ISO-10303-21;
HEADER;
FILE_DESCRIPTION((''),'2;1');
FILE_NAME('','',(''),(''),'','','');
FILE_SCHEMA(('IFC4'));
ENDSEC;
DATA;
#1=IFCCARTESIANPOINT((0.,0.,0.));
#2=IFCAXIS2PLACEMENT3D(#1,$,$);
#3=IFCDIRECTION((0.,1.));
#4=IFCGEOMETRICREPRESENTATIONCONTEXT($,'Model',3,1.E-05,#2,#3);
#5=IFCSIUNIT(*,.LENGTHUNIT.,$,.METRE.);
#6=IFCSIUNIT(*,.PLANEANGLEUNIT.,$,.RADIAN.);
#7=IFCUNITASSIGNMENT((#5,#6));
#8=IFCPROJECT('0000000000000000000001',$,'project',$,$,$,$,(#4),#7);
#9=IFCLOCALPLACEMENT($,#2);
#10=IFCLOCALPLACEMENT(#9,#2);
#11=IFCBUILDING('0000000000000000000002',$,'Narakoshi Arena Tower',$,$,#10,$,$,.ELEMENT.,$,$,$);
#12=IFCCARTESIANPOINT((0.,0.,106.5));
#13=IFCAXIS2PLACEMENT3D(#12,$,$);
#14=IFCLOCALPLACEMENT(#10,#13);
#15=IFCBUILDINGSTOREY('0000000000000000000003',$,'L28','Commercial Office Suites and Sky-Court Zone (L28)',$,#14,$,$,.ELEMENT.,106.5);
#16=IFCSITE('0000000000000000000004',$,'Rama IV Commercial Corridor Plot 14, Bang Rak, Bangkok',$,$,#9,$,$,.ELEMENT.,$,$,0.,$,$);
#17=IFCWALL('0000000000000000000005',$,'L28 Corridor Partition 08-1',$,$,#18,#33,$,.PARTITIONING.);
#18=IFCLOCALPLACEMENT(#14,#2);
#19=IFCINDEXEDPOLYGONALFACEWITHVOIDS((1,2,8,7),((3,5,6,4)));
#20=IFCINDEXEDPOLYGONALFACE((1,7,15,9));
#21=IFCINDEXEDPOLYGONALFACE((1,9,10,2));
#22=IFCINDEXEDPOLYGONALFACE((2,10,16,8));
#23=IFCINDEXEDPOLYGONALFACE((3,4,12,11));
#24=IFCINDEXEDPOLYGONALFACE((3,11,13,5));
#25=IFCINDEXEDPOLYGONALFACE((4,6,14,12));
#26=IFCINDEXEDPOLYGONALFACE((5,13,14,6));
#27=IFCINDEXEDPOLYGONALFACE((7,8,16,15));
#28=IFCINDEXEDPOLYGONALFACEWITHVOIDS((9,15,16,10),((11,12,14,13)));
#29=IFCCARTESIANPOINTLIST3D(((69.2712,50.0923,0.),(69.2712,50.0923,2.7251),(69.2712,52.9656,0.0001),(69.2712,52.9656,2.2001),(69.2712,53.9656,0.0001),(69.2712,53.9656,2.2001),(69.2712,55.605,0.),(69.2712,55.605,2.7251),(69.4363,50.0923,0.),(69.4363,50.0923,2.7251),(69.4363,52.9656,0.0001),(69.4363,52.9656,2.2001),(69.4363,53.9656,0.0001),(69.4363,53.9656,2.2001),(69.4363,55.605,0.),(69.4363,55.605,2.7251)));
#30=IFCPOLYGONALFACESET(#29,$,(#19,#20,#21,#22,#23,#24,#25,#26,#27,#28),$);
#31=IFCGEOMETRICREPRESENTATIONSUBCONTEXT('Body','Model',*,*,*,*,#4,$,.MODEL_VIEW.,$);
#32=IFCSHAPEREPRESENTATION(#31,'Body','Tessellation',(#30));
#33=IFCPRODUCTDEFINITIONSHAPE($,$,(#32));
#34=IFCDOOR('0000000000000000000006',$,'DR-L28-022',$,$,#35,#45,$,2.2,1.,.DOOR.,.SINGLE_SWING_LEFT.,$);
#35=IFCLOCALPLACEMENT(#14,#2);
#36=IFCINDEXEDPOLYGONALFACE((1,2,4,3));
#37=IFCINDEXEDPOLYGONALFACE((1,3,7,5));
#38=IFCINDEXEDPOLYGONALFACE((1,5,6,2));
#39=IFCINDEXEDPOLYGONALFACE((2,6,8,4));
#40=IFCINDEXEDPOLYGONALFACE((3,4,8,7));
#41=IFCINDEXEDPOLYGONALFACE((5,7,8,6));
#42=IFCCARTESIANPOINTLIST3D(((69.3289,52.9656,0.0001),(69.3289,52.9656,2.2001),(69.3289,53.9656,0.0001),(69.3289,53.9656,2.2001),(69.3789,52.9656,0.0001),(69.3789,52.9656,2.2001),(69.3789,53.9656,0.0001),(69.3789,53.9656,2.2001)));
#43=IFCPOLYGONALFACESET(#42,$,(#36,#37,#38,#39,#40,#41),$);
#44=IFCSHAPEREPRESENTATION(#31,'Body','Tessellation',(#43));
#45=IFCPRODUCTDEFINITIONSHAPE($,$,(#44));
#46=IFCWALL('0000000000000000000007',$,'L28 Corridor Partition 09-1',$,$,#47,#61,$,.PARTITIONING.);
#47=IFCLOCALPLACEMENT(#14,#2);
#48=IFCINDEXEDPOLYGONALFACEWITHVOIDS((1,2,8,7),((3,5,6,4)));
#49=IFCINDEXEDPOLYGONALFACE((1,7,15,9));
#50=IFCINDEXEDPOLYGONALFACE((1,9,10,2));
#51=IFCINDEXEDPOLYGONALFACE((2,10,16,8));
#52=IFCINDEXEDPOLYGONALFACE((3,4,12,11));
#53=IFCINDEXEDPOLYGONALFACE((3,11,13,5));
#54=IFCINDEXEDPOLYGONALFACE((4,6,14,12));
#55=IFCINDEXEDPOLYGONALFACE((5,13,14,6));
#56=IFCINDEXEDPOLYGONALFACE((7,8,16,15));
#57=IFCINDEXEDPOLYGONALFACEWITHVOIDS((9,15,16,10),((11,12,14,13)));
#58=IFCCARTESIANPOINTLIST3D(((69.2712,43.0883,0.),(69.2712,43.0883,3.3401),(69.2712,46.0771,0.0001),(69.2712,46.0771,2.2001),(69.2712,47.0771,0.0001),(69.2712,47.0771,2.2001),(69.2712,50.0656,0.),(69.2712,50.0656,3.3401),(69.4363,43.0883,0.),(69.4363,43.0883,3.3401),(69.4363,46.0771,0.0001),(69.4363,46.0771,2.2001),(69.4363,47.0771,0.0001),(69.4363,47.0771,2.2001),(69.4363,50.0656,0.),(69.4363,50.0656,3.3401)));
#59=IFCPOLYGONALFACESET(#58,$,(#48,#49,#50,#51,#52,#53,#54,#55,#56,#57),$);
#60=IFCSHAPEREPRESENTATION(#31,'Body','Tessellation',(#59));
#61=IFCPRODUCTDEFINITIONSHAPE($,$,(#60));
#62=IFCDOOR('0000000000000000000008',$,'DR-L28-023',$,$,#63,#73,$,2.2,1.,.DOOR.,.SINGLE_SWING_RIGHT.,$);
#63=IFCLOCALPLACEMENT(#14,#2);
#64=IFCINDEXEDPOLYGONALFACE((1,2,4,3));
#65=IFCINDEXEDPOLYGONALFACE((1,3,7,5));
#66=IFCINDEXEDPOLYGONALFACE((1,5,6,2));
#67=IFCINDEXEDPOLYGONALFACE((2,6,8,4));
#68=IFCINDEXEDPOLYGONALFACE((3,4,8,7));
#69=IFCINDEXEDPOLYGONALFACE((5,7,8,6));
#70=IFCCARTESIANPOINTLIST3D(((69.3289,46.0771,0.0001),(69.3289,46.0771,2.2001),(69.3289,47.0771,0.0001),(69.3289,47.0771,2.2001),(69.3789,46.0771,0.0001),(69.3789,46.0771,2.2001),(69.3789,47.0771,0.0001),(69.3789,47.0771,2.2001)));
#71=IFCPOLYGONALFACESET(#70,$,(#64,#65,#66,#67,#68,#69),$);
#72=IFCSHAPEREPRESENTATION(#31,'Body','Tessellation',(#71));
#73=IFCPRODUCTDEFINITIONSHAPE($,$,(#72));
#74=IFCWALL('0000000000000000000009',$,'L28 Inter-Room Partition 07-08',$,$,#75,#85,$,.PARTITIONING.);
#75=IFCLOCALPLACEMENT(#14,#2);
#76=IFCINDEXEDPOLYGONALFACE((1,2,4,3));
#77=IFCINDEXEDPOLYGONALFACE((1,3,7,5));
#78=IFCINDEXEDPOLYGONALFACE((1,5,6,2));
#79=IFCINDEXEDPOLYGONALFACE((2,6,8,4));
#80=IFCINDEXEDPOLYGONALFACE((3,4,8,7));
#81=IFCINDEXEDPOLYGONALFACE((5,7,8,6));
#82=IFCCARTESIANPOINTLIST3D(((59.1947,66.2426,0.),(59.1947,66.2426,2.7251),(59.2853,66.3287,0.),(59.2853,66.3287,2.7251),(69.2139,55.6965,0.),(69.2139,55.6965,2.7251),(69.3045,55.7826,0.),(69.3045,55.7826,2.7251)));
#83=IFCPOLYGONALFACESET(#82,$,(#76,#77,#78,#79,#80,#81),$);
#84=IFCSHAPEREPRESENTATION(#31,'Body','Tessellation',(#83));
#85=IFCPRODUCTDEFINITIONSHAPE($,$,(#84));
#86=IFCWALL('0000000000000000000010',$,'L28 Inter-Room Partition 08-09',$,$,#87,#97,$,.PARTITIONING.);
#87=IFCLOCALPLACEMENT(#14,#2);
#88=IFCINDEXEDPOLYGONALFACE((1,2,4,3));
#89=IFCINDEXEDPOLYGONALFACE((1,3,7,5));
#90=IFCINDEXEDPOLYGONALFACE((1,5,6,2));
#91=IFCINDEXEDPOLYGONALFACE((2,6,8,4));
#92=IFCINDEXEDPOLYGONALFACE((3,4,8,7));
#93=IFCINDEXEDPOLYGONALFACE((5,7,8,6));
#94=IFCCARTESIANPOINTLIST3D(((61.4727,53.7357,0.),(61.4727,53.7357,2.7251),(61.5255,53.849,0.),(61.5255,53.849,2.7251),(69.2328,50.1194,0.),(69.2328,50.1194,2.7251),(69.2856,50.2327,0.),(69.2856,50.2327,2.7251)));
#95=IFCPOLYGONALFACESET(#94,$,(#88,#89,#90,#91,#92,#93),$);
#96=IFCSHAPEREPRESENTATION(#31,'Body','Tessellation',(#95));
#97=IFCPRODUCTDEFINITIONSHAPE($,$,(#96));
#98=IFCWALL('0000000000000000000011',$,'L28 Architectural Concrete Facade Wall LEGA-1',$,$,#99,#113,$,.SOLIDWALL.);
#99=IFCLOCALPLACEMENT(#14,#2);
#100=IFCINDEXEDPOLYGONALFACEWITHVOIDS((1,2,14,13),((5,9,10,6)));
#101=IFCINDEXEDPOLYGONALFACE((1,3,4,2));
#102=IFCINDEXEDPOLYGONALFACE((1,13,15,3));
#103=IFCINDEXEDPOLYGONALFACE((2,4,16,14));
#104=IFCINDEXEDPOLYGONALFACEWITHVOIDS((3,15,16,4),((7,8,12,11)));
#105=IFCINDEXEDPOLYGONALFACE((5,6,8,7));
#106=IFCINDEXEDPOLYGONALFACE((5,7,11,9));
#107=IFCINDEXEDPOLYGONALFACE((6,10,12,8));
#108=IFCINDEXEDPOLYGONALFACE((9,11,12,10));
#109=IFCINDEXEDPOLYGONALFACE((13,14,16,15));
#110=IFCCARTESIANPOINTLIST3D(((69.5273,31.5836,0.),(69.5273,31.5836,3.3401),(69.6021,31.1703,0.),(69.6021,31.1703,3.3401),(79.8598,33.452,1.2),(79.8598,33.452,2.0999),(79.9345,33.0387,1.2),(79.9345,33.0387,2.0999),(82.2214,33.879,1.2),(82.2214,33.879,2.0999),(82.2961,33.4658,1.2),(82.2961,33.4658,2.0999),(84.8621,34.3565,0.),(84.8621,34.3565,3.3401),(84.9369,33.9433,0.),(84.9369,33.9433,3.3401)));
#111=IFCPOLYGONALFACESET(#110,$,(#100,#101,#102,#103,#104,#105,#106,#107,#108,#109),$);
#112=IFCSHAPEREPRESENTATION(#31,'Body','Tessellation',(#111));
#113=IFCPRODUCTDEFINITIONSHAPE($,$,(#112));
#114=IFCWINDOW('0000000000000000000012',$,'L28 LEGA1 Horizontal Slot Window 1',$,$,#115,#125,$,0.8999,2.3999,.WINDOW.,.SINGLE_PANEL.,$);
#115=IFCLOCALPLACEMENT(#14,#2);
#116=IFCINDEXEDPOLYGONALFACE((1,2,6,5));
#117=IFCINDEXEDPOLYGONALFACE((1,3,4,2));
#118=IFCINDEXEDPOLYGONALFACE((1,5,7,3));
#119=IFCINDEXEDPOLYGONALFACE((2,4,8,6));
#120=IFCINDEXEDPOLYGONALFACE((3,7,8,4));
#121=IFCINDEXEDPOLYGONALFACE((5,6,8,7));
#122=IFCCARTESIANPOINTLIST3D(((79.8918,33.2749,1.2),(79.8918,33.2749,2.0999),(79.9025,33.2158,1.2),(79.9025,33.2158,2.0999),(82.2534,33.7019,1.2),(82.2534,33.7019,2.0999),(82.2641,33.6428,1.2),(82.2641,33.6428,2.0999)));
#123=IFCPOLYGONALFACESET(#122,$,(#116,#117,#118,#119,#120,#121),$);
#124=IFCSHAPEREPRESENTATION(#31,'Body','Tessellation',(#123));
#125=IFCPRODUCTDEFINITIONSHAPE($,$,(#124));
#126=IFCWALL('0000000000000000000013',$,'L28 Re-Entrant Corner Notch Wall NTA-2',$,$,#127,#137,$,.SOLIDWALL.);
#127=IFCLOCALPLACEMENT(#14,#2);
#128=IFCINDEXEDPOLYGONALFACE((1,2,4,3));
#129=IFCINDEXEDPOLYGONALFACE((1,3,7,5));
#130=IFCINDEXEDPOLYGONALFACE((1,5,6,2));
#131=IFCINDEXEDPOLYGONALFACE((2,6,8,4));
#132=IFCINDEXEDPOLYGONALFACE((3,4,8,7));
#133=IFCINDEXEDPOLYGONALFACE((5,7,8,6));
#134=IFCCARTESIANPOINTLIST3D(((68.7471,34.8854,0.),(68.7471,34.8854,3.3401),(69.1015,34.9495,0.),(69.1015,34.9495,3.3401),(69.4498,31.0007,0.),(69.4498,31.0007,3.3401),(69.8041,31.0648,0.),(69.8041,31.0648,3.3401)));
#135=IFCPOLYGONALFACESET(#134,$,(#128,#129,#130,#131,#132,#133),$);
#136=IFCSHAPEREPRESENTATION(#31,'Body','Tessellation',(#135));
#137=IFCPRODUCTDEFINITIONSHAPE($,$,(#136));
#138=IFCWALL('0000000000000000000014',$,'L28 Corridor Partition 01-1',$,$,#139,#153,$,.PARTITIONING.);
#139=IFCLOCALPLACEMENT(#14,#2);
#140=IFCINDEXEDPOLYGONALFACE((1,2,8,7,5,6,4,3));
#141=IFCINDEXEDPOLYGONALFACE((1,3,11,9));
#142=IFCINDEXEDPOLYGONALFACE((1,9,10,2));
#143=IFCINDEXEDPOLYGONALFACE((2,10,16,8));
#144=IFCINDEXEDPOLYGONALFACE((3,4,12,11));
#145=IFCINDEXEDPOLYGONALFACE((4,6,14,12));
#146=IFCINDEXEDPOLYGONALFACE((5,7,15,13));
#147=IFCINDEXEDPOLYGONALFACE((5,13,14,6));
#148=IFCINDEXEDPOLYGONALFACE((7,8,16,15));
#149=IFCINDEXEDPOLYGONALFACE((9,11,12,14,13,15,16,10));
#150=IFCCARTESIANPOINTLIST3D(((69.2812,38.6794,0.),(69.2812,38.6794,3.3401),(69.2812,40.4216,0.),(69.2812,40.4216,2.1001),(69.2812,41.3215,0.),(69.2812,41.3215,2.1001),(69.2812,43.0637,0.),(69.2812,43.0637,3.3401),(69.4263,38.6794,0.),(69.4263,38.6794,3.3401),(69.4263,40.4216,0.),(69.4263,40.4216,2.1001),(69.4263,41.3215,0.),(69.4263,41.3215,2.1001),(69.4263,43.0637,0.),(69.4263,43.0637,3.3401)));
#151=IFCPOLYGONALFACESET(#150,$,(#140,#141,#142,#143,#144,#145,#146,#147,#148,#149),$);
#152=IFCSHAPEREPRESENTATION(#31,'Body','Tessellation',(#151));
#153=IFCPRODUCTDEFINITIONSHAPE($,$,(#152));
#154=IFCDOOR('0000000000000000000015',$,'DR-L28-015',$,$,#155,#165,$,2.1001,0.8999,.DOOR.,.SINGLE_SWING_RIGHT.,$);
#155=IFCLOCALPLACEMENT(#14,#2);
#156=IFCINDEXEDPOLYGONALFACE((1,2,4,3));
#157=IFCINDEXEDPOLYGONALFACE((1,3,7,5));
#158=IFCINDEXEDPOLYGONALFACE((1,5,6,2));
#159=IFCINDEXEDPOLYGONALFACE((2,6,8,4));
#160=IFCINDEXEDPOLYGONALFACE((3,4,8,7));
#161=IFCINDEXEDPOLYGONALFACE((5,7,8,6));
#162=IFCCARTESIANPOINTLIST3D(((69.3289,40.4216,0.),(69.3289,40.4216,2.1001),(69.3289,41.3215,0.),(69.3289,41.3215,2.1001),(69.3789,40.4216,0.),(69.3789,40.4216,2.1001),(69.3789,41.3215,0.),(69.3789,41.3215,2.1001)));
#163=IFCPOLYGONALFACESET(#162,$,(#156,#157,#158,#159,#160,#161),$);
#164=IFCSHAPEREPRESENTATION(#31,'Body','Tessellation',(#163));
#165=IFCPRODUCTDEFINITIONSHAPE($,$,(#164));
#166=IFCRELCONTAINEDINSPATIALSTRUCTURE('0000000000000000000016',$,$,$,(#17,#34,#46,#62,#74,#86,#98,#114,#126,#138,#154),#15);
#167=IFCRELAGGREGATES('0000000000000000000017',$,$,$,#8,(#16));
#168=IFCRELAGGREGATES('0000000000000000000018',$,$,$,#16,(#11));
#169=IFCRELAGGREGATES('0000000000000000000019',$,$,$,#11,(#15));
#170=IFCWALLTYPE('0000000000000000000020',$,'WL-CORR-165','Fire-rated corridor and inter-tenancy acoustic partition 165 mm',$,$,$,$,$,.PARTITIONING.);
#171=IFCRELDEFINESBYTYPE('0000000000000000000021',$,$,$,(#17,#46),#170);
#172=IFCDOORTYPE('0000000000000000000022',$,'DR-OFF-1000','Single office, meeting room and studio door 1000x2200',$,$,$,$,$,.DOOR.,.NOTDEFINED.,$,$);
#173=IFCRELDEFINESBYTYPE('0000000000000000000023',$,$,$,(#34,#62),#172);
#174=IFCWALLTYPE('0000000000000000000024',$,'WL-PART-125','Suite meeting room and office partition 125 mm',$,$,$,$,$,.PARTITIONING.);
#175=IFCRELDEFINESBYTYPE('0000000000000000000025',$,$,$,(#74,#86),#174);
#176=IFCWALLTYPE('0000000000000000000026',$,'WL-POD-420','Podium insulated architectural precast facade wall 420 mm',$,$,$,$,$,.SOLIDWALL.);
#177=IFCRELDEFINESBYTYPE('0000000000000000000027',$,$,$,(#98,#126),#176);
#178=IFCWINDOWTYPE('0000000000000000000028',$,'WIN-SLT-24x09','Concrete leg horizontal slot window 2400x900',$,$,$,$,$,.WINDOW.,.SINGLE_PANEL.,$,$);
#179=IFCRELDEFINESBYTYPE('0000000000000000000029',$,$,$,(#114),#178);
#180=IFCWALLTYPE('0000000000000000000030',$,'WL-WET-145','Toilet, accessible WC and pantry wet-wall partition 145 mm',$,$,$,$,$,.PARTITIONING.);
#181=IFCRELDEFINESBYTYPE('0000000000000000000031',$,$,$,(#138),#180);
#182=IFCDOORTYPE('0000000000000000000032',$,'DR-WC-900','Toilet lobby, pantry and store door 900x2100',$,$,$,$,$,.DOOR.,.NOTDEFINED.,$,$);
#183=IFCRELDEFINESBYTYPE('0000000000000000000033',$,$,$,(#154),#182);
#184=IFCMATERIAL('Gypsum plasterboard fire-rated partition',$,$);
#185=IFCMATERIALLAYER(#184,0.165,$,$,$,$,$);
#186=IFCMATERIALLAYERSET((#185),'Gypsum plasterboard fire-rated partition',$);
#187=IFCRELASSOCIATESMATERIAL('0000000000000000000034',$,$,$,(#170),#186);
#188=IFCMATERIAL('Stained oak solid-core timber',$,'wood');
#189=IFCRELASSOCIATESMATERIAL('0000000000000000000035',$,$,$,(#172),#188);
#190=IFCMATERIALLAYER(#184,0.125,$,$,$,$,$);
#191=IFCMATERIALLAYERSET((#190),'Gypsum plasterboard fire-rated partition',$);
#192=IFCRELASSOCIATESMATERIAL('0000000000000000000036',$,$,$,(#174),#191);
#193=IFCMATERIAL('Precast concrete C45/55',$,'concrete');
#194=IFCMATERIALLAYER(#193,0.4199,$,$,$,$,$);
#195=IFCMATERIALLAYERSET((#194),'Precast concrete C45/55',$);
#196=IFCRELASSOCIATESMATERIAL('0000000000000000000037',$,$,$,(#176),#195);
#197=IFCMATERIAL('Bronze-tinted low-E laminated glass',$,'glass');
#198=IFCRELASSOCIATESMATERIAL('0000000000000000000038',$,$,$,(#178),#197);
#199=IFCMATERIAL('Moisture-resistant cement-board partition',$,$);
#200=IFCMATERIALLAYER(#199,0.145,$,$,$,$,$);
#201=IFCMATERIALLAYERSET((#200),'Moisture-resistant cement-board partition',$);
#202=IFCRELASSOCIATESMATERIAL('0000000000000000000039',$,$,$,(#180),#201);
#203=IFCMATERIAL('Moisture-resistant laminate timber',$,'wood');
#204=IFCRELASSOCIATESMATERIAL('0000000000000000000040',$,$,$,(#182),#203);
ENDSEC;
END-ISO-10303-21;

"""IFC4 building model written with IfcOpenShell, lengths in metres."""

from ifc_helpers import new_model, si_unit, direction, frame, frame_2d, origin, place, context, subcontext, project, spatial, rectangle, extrude, material, layer, layer_set, type_object, element, fill, save


model = new_model("IFC4")

# Units and contexts
model_context = context("Model", 3, precision=1e-05, world=origin(), true_north=direction((0.0, 1.0)))
body_context = subcontext(model_context, "Body", "Model", "MODEL_VIEW")
ifc_project = project(units=[si_unit("LENGTHUNIT", "METRE"), si_unit("PLANEANGLEUNIT", "RADIAN")], contexts=[model_context])

# Site, building, storey
site_placement = place(None, origin())
site = spatial("IfcSite", under=ifc_project, at=site_placement, Name="Rama IV Commercial Corridor Plot 14, Bang Rak, Bangkok", CompositionType="ELEMENT", RefElevation=0.0)
building_placement = place(site_placement, origin())
building = spatial("IfcBuilding", under=site, at=building_placement, Name="Narakoshi Arena Tower", CompositionType="ELEMENT")
storey_placement = place(building_placement, frame((0.0, 0.0, 106.5)))
storey = spatial("IfcBuildingStorey", under=building, at=storey_placement, Name="L28", Description="Commercial Office Suites and Sky-Court Zone (L28)", CompositionType="ELEMENT", Elevation=106.5)

# Walls, openings, doors
ifc_material_1 = material(Name="Gypsum plasterboard fire-rated partition")
ifc_layer_1 = layer(ifc_material_1, 0.165)
ifc_layer_set_1 = layer_set([ifc_layer_1], Name="Gypsum plasterboard fire-rated partition")
wall_type_1 = type_object("IfcWallType", Name="WL-CORR-165", Description="Fire-rated corridor and inter-tenancy acoustic partition 165 mm", PredefinedType="PARTITIONING", material=ifc_layer_set_1)
wall_1_placement = place(storey_placement, frame((69.3538, 55.605, 0.0), z_axis=(0.0, 0.0, 1.0), x_axis=(0.0, -1.0, 0.0)))
wall_1 = element("IfcWall", 1, at=wall_1_placement, inside=storey, type_object=wall_type_1, Name="L28 Corridor Partition 08-1", PredefinedType="PARTITIONING", context=body_context, shape_type="SweptSolid", body=[
    extrude(rectangle(XDim=5.5127, YDim=0.165, at=frame_2d((2.7563, 0.0))), origin(), (0.0, 0.0, 1.0), 2.7251),
])
opening_1_placement = place(wall_1_placement, frame((1.6394, 0.0, 0.0)))
opening_1 = element("IfcOpeningElement", 2, at=opening_1_placement, cuts=wall_1, PredefinedType="OPENING", context=body_context, shape_type="SweptSolid", body=[
    extrude(rectangle(XDim=1.0, YDim=2.2, at=frame_2d((0.5, 1.1001))), frame((0.0, 0.0925, 0.0), z_axis=(0.0, -1.0, 0.0), x_axis=(1.0, 0.0, 0.0)), (0.0, 0.0, 1.0), 0.1851),
])
ifc_material_2 = material(Name="Stained oak solid-core timber", Category="wood")
door_type_1 = type_object("IfcDoorType", Name="DR-OFF-1000", Description="Single office, meeting room and studio door 1000x2200", OperationType="NOTDEFINED", PredefinedType="DOOR", material=ifc_material_2)
door_1_placement = place(opening_1_placement, frame((1.0, 0.0, 0.0), z_axis=(0.0, 0.0, 1.0), x_axis=(-1.0, 0.0, 0.0)))
door_1 = element("IfcDoor", 3, at=door_1_placement, inside=storey, type_object=door_type_1, Name="DR-L28-022", OperationType="SINGLE_SWING_LEFT", OverallHeight=2.2, OverallWidth=1.0, PredefinedType="DOOR", context=body_context, shape_type="SweptSolid", body=[
    extrude(rectangle(XDim=1.0, YDim=2.2, at=frame_2d((0.5, 1.1001))), frame((0.0, 0.0249, 0.0), z_axis=(0.0, -1.0, 0.0), x_axis=(1.0, 0.0, 0.0)), (0.0, 0.0, 1.0), 0.05),
])
fill(opening_1, door_1)
wall_2_placement = place(storey_placement, frame((69.3538, 50.0657, 0.0), z_axis=(0.0, 0.0, 1.0), x_axis=(0.0, -1.0, 0.0)))
wall_2 = element("IfcWall", 4, at=wall_2_placement, inside=storey, type_object=wall_type_1, Name="L28 Corridor Partition 09-1", PredefinedType="PARTITIONING", context=body_context, shape_type="SweptSolid", body=[
    extrude(rectangle(XDim=6.9773, YDim=0.165, at=frame_2d((3.4888, 0.0))), origin(), (0.0, 0.0, 1.0), 3.3401),
])
opening_2_placement = place(wall_2_placement, frame((2.9885, 0.0, 0.0)))
opening_2 = element("IfcOpeningElement", 5, at=opening_2_placement, cuts=wall_2, PredefinedType="OPENING", context=body_context, shape_type="SweptSolid", body=[
    extrude(rectangle(XDim=1.0, YDim=2.2, at=frame_2d((0.5, 1.1001))), frame((0.0, 0.0925, 0.0), z_axis=(0.0, -1.0, 0.0), x_axis=(1.0, 0.0, 0.0)), (0.0, 0.0, 1.0), 0.1851),
])
door_2_placement = place(opening_2_placement, frame((1.0, 0.0, 0.0), z_axis=(0.0, 0.0, 1.0), x_axis=(-1.0, 0.0, 0.0)))
door_2 = element("IfcDoor", 6, at=door_2_placement, inside=storey, type_object=door_type_1, Name="DR-L28-023", OperationType="SINGLE_SWING_RIGHT", OverallHeight=2.2, OverallWidth=1.0, PredefinedType="DOOR", context=body_context, shape_type="SweptSolid", body=[
    extrude(rectangle(XDim=1.0, YDim=2.2, at=frame_2d((0.5, 1.1001))), frame((0.0, 0.0249, 0.0), z_axis=(0.0, -1.0, 0.0), x_axis=(1.0, 0.0, 0.0)), (0.0, 0.0, 1.0), 0.05),
])
fill(opening_2, door_2)

# Walls
ifc_layer_2 = layer(ifc_material_1, 0.125)
ifc_layer_set_2 = layer_set([ifc_layer_2], Name="Gypsum plasterboard fire-rated partition")
wall_type_2 = type_object("IfcWallType", Name="WL-PART-125", Description="Suite meeting room and office partition 125 mm", PredefinedType="PARTITIONING", material=ifc_layer_set_2)
wall_3_placement = place(storey_placement, frame((69.2593, 55.7395, 0.0), z_axis=(0.0, 0.0, 1.0), x_axis=(-0.688766, 0.724984, 0.0)))
element("IfcWall", 7, at=wall_3_placement, inside=storey, type_object=wall_type_2, Name="L28 Inter-Room Partition 07-08", PredefinedType="PARTITIONING", context=body_context, shape_type="SweptSolid", body=[
    extrude(rectangle(XDim=14.5466, YDim=0.125, at=frame_2d((7.2734, 0.0))), origin(), (0.0, 0.0, 1.0), 2.7251),
])
wall_4_placement = place(storey_placement, frame((69.2593, 50.176, 0.0), z_axis=(0.0, 0.0, 1.0), x_axis=(-0.906412, 0.422394, 0.0)))
element("IfcWall", 8, at=wall_4_placement, inside=storey, type_object=wall_type_2, Name="L28 Inter-Room Partition 08-09", PredefinedType="PARTITIONING", context=body_context, shape_type="SweptSolid", body=[
    extrude(rectangle(XDim=8.5613, YDim=0.125, at=frame_2d((4.2808, 0.0))), origin(), (0.0, 0.0, 1.0), 2.7251),
])

# Wall, opening, window
ifc_material_3 = material(Name="Precast concrete C45/55", Category="concrete")
ifc_layer_3 = layer(ifc_material_3, 0.4199)
ifc_layer_set_3 = layer_set([ifc_layer_3], Name="Precast concrete C45/55")
wall_type_3 = type_object("IfcWallType", Name="WL-POD-420", Description="Podium insulated architectural precast facade wall 420 mm", PredefinedType="SOLIDWALL", material=ifc_layer_set_3)
wall_5_placement = place(storey_placement, frame((69.5647, 31.377, 0.0), z_axis=(0.0, 0.0, 1.0), x_axis=(0.984041, 0.177942, 0.0)))
wall_5 = element("IfcWall", 9, at=wall_5_placement, inside=storey, type_object=wall_type_3, Name="L28 Architectural Concrete Facade Wall LEGA-1", PredefinedType="SOLIDWALL", context=body_context, shape_type="SweptSolid", body=[
    extrude(rectangle(XDim=15.5835, YDim=0.4199, at=frame_2d((7.7917, 0.0))), origin(), (0.0, 0.0, 1.0), 3.3401),
])
opening_3_placement = place(wall_5_placement, frame((10.5, 0.0, 1.2)))
opening_3 = element("IfcOpeningElement", 10, at=opening_3_placement, cuts=wall_5, PredefinedType="OPENING", context=body_context, shape_type="SweptSolid", body=[
    extrude(rectangle(XDim=2.3999, YDim=0.8999, at=frame_2d((1.2, 0.45))), frame((0.0, 0.22, 0.0), z_axis=(0.0, -1.0, 0.0), x_axis=(1.0, 0.0, 0.0)), (0.0, 0.0, 1.0), 0.4399),
])
ifc_material_4 = material(Name="Bronze-tinted low-E laminated glass", Category="glass")
window_type = type_object("IfcWindowType", Name="WIN-SLT-24x09", Description="Concrete leg horizontal slot window 2400x900", PartitioningType="SINGLE_PANEL", PredefinedType="WINDOW", material=ifc_material_4)
window_placement = place(opening_3_placement, origin())
window = element("IfcWindow", 11, at=window_placement, inside=storey, type_object=window_type, Name="L28 LEGA1 Horizontal Slot Window 1", OverallHeight=0.8999, OverallWidth=2.3999, PartitioningType="SINGLE_PANEL", PredefinedType="WINDOW", context=body_context, shape_type="SweptSolid", body=[
    extrude(rectangle(XDim=2.3999, YDim=0.8999, at=frame_2d((1.2, 0.45))), frame((0.0, 0.03, 0.0), z_axis=(0.0, -1.0, 0.0), x_axis=(1.0, 0.0, 0.0)), (0.0, 0.0, 1.0), 0.0601),
])
fill(opening_3, window)

# Wall
wall_6_placement = place(storey_placement, frame((68.9243, 34.9175, 0.0), z_axis=(0.0, 0.0, 1.0), x_axis=(0.177982, -0.984034, 0.0)))
element("IfcWall", 12, at=wall_6_placement, inside=storey, type_object=wall_type_3, Name="L28 Re-Entrant Corner Notch Wall NTA-2", PredefinedType="SOLIDWALL", context=body_context, shape_type="SweptSolid", body=[
    extrude(rectangle(XDim=3.9478, YDim=0.3601, at=frame_2d((1.9739, 0.0))), origin(), (0.0, 0.0, 1.0), 3.3401),
])

# Wall, opening, door
ifc_material_5 = material(Name="Moisture-resistant cement-board partition")
ifc_layer_4 = layer(ifc_material_5, 0.145)
ifc_layer_set_4 = layer_set([ifc_layer_4], Name="Moisture-resistant cement-board partition")
wall_type_4 = type_object("IfcWallType", Name="WL-WET-145", Description="Toilet, accessible WC and pantry wet-wall partition 145 mm", PredefinedType="PARTITIONING", material=ifc_layer_set_4)
wall_7_placement = place(storey_placement, frame((69.3538, 43.0637, 0.0), z_axis=(0.0, 0.0, 1.0), x_axis=(0.0, -1.0, 0.0)))
wall_7 = element("IfcWall", 13, at=wall_7_placement, inside=storey, type_object=wall_type_4, Name="L28 Corridor Partition 01-1", PredefinedType="PARTITIONING", context=body_context, shape_type="SweptSolid", body=[
    extrude(rectangle(XDim=4.3843, YDim=0.145, at=frame_2d((2.1921, 0.0))), origin(), (0.0, 0.0, 1.0), 3.3401),
])
opening_4_placement = place(wall_7_placement, frame((1.7422, 0.0, 0.0)))
opening_4 = element("IfcOpeningElement", 14, at=opening_4_placement, cuts=wall_7, PredefinedType="OPENING", context=body_context, shape_type="SweptSolid", body=[
    extrude(rectangle(XDim=0.8999, YDim=2.1001, at=frame_2d((0.45, 1.05))), frame((0.0, 0.0825, 0.0), z_axis=(0.0, -1.0, 0.0), x_axis=(1.0, 0.0, 0.0)), (0.0, 0.0, 1.0), 0.165),
])
ifc_material_6 = material(Name="Moisture-resistant laminate timber", Category="wood")
door_type_2 = type_object("IfcDoorType", Name="DR-WC-900", Description="Toilet lobby, pantry and store door 900x2100", OperationType="NOTDEFINED", PredefinedType="DOOR", material=ifc_material_6)
door_3_placement = place(opening_4_placement, frame((0.8999, 0.0, 0.0), z_axis=(0.0, 0.0, 1.0), x_axis=(-1.0, 0.0, 0.0)))
door_3 = element("IfcDoor", 15, at=door_3_placement, inside=storey, type_object=door_type_2, Name="DR-L28-015", OperationType="SINGLE_SWING_RIGHT", OverallHeight=2.1001, OverallWidth=0.8999, PredefinedType="DOOR", context=body_context, shape_type="SweptSolid", body=[
    extrude(rectangle(XDim=0.8999, YDim=2.1001, at=frame_2d((0.45, 1.05))), frame((0.0, 0.0249, 0.0), z_axis=(0.0, -1.0, 0.0), x_axis=(1.0, 0.0, 0.0)), (0.0, 0.0, 1.0), 0.05),
])
fill(opening_4, door_3)

save(model, "model.ifc")
